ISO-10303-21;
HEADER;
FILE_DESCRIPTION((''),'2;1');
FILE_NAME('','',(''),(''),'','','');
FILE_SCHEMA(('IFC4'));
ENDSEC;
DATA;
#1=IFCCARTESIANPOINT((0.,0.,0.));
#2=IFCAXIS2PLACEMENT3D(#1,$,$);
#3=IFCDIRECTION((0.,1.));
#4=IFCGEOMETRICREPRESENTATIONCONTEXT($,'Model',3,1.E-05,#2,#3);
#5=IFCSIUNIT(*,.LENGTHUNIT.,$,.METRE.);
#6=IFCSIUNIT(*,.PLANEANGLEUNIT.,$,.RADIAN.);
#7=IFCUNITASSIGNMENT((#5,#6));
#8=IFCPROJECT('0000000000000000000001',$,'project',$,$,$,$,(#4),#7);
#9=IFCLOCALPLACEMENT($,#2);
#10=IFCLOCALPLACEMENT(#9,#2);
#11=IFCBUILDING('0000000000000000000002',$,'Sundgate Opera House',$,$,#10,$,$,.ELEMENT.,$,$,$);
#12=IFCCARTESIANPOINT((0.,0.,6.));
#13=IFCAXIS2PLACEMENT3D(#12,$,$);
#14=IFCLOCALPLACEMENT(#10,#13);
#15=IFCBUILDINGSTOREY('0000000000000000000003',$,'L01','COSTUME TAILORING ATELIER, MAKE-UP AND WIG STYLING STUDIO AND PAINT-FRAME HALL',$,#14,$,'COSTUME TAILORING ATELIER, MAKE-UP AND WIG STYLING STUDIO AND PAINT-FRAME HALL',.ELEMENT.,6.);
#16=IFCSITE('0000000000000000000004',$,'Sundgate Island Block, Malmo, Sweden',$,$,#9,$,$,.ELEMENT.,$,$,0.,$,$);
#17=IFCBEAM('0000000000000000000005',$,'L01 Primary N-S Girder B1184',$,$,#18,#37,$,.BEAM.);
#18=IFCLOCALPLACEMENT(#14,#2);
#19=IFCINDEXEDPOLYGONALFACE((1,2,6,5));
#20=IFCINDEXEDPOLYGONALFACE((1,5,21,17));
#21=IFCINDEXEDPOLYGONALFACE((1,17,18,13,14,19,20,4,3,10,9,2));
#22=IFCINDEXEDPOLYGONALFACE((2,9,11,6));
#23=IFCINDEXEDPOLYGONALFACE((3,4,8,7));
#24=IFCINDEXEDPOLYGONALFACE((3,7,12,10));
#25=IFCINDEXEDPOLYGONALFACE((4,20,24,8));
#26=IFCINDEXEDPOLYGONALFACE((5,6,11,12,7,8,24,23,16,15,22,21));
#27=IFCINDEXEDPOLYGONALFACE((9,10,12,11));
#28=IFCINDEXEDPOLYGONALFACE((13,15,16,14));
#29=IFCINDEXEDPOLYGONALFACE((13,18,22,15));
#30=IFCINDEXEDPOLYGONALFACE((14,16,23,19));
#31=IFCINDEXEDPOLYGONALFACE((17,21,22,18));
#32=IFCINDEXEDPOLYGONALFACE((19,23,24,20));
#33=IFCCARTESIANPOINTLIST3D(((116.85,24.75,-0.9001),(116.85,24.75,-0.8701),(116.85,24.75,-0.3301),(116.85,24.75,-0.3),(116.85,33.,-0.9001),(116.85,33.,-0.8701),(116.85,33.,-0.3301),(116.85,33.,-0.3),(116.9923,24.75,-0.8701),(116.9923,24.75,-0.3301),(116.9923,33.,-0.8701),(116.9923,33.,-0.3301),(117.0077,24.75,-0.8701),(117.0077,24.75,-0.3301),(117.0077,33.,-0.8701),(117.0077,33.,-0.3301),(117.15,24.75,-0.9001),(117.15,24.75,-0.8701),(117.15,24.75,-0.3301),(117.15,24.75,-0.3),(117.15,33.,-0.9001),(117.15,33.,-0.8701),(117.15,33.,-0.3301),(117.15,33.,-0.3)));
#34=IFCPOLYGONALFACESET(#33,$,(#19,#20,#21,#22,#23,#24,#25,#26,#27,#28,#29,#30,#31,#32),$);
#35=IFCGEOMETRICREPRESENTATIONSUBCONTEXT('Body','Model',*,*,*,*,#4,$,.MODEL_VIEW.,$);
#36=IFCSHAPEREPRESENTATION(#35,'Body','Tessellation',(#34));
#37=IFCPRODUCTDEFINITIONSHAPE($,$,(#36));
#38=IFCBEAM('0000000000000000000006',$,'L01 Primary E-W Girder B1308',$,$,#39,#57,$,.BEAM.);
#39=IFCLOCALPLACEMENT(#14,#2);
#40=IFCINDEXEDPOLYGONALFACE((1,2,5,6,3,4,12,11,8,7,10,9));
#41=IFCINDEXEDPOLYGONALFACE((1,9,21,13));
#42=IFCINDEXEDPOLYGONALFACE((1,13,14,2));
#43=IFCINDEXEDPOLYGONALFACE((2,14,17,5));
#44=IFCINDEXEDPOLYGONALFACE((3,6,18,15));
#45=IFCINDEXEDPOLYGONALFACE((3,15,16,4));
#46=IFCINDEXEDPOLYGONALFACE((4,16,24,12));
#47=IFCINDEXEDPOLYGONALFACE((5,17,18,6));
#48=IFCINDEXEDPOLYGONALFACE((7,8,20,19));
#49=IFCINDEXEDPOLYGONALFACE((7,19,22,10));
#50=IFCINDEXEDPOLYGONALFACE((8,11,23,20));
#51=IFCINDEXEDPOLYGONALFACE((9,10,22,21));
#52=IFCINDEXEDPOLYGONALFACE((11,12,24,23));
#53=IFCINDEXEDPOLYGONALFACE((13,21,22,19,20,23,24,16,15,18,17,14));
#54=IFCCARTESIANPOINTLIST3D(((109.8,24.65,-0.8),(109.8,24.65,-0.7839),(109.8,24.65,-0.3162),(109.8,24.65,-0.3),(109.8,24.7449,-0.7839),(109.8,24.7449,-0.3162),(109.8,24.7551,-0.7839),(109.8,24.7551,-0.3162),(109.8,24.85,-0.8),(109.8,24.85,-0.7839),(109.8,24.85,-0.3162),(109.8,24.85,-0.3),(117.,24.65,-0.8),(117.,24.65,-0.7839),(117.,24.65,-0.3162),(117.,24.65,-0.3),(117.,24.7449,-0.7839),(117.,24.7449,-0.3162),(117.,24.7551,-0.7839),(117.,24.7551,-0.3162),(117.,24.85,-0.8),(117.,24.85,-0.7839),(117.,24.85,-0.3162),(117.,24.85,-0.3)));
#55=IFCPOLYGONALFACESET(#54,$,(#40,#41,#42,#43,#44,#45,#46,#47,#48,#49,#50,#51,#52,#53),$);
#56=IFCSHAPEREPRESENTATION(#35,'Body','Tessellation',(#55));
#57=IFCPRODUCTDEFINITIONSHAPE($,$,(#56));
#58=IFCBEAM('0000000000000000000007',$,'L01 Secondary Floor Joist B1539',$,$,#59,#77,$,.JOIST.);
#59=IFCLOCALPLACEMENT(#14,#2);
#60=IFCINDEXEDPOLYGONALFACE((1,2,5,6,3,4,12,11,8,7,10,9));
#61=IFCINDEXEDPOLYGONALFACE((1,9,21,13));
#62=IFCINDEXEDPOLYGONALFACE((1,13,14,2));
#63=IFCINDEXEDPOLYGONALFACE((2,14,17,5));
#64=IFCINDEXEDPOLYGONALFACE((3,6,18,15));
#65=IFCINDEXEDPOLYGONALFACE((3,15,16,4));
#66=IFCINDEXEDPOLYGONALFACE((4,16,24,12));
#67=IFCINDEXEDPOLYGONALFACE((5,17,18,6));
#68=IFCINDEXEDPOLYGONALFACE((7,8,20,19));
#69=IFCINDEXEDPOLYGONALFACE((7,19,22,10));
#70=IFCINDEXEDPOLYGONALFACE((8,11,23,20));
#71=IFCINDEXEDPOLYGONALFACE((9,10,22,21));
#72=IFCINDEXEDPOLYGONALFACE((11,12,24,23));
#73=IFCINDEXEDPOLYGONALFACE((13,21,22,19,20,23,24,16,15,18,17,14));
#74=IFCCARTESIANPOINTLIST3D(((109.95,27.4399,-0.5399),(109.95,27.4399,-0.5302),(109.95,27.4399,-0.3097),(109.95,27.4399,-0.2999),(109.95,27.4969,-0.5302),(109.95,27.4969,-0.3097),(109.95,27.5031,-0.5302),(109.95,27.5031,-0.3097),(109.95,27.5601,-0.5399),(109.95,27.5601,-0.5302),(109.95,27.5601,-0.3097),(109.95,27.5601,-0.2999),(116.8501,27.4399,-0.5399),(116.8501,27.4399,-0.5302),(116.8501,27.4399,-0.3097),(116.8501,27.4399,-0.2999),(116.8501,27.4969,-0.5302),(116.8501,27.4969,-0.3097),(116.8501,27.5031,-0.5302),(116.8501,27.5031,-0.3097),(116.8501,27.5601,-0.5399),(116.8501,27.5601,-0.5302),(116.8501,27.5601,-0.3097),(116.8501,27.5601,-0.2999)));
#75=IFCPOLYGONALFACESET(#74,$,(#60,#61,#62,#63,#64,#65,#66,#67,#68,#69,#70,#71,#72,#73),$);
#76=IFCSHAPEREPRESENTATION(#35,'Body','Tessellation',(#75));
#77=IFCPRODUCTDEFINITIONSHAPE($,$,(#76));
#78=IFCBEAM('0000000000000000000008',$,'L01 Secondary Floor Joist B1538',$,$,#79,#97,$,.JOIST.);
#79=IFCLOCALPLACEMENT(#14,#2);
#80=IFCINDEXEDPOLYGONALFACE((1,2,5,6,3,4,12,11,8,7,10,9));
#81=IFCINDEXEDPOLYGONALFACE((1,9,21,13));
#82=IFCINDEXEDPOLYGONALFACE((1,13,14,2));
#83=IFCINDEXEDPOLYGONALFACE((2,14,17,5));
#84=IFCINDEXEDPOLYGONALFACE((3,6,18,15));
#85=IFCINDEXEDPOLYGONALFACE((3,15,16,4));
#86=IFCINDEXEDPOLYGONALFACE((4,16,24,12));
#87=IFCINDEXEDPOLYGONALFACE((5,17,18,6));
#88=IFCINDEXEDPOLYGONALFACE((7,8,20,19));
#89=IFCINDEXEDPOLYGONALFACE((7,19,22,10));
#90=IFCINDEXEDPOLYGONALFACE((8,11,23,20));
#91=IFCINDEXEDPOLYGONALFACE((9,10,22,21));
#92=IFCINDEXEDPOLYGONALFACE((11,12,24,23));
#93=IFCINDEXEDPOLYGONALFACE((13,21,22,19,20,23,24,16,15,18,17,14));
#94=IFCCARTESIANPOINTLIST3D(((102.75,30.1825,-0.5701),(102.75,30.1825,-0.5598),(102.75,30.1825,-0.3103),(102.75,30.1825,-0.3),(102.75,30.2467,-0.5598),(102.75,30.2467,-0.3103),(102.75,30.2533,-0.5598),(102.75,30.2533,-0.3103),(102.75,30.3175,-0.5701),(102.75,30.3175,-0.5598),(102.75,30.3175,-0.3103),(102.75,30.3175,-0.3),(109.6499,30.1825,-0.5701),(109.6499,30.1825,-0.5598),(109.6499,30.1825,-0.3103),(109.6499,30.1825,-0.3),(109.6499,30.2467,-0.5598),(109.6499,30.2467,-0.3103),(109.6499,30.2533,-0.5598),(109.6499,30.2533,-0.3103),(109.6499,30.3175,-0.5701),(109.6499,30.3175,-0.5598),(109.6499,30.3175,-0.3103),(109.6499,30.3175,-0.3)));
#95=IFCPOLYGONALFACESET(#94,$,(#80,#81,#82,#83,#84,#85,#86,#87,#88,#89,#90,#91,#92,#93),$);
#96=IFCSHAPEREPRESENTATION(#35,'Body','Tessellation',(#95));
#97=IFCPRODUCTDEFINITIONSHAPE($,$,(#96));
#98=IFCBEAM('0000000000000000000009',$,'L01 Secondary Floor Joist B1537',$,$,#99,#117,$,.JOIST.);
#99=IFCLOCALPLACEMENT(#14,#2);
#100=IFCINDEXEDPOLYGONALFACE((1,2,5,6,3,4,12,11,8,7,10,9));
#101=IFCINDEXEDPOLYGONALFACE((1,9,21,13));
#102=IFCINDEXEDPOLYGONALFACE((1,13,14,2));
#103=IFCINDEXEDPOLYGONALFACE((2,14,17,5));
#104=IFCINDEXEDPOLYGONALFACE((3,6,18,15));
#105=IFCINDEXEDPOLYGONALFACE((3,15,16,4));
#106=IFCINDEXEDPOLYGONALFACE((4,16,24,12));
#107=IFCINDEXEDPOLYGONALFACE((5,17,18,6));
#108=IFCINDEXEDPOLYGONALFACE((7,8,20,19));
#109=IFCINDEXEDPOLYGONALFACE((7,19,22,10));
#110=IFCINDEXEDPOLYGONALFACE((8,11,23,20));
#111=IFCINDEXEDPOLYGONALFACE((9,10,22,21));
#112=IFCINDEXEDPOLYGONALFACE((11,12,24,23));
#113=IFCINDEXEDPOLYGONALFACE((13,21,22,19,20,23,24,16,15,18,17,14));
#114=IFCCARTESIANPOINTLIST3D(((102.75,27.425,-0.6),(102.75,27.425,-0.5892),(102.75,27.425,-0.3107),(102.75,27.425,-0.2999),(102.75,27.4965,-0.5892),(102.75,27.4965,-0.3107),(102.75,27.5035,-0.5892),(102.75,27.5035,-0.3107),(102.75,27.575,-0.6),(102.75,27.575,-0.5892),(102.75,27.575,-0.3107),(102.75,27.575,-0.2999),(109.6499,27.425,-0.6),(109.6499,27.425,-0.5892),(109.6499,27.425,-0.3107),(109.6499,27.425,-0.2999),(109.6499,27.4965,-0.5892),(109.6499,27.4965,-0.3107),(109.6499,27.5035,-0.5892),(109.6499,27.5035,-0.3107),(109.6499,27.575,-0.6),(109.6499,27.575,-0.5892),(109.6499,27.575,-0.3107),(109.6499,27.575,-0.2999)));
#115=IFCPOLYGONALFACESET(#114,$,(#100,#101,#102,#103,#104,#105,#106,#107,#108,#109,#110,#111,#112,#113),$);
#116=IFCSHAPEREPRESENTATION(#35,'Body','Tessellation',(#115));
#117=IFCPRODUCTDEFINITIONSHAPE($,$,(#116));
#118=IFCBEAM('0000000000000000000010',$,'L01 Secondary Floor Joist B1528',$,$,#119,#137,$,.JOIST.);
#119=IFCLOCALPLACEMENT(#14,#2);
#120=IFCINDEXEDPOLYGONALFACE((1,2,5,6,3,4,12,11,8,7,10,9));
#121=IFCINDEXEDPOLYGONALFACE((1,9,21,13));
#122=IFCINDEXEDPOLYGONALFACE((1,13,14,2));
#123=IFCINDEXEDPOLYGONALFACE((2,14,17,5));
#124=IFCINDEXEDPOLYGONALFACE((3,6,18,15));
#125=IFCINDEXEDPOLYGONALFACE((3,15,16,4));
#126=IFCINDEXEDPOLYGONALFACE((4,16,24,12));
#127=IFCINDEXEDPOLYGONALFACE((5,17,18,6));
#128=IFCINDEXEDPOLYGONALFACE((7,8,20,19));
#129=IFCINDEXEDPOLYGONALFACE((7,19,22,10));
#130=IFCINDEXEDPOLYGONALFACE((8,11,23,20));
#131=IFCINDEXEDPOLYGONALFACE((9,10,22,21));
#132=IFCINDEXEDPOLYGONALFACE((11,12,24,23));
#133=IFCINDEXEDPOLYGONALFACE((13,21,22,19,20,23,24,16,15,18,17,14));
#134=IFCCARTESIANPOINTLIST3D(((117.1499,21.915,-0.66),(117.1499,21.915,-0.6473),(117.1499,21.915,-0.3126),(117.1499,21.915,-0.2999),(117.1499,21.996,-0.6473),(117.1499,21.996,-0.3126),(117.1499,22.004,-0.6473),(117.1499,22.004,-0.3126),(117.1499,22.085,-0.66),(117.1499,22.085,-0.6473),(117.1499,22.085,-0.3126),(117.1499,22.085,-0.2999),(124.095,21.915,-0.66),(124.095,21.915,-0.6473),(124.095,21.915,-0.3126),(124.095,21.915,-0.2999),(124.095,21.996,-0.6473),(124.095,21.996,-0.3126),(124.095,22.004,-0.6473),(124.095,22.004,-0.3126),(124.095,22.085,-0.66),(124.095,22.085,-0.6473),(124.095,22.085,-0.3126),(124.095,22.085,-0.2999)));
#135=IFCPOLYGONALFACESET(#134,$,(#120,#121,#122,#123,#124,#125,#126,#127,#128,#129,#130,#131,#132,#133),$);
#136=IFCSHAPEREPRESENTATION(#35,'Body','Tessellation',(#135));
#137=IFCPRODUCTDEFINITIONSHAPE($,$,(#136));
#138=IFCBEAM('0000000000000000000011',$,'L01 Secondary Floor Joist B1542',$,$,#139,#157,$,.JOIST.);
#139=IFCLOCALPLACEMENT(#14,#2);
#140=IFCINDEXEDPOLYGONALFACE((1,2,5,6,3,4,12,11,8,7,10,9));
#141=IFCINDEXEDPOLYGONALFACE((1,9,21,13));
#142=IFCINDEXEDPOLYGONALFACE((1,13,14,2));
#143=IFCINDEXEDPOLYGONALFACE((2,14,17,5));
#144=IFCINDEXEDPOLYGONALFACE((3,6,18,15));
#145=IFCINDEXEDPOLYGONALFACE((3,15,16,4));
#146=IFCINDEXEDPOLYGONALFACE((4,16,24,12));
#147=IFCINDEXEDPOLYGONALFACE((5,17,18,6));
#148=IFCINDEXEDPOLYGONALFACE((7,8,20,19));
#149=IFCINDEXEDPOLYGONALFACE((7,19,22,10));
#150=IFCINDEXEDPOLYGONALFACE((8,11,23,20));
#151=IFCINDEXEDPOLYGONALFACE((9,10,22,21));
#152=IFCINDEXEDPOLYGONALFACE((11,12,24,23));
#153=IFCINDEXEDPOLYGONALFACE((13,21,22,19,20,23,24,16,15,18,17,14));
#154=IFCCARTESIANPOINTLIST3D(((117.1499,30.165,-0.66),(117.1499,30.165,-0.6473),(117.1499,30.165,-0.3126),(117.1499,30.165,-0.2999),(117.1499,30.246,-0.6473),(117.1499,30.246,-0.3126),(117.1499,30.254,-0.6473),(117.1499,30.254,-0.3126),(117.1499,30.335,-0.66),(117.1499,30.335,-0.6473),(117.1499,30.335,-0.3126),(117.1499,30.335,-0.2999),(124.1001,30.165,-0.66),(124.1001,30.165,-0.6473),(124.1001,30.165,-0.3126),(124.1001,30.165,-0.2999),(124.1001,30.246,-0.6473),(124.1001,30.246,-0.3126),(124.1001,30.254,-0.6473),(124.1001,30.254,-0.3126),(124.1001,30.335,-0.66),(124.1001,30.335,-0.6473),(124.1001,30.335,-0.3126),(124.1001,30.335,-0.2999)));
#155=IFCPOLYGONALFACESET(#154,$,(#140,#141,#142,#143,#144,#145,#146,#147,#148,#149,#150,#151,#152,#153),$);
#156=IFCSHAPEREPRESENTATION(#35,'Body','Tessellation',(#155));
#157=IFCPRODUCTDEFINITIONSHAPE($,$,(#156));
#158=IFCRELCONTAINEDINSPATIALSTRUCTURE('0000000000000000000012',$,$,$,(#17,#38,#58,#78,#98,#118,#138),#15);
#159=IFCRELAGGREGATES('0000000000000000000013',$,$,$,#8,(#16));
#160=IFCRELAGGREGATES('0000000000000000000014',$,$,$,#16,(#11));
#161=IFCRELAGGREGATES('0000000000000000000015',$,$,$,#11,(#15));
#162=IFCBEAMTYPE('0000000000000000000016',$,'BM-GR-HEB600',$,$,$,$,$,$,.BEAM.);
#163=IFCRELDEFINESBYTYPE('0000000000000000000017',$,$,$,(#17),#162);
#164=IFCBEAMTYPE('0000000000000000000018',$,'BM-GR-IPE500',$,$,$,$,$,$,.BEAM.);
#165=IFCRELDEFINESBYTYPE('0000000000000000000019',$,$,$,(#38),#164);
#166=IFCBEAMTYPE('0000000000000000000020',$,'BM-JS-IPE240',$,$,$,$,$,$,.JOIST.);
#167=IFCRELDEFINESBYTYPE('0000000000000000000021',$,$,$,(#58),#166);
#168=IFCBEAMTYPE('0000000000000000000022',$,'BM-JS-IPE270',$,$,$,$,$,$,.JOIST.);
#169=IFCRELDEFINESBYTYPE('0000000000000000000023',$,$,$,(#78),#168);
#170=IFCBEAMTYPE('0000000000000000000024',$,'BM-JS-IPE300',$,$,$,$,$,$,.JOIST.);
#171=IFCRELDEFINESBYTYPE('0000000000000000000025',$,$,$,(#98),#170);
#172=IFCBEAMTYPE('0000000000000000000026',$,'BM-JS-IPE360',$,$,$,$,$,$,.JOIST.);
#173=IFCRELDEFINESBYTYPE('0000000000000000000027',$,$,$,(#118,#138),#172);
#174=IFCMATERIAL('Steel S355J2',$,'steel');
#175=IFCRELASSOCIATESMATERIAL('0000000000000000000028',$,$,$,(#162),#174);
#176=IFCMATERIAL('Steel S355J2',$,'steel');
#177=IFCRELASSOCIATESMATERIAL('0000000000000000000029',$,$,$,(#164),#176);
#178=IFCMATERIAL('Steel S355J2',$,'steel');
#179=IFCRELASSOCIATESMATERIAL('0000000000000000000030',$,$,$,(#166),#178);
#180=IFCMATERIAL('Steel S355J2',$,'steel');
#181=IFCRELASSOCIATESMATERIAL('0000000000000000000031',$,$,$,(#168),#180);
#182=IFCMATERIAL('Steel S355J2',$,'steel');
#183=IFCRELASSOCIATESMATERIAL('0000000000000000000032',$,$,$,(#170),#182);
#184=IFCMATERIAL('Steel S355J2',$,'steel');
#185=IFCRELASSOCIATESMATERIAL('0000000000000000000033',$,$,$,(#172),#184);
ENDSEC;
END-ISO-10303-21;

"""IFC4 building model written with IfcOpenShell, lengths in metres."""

from ifc_helpers import new_model, si_unit, direction, frame, origin, origin_2d, place, context, subcontext, project, spatial, i_section, extrude, material, material_profile, profile_set, type_object, element, save


model = new_model("IFC4")

# Units and contexts
model_context = context("Model", 3, precision=1e-05, world=origin(), true_north=direction((0.0, 1.0)))
body_context = subcontext(model_context, "Body", "Model", "MODEL_VIEW")
ifc_project = project(units=[si_unit("LENGTHUNIT", "METRE"), si_unit("PLANEANGLEUNIT", "RADIAN")], contexts=[model_context])

# Site, building, storey
site_placement = place(None, origin())
site = spatial("IfcSite", under=ifc_project, at=site_placement, Name="Sundgate Island Block, Malmo, Sweden", CompositionType="ELEMENT", RefElevation=0.0)
building_placement = place(site_placement, origin())
building = spatial("IfcBuilding", under=site, at=building_placement, Name="Sundgate Opera House", CompositionType="ELEMENT")
storey_placement = place(building_placement, frame((0.0, 0.0, 6.0)))
storey = spatial("IfcBuildingStorey", under=building, at=storey_placement, Name="L01", Description="COSTUME TAILORING ATELIER, MAKE-UP AND WIG STYLING STUDIO AND PAINT-FRAME HALL", LongName="COSTUME TAILORING ATELIER, MAKE-UP AND WIG STYLING STUDIO AND PAINT-FRAME HALL", CompositionType="ELEMENT", Elevation=6.0)

# Beams
ifc_material_1 = material(Name="Steel S355J2", Category="steel")
ifc_material_profile_1 = material_profile(ifc_material_1, i_section(OverallWidth=0.3, OverallDepth=0.6001, WebThickness=0.0154, FlangeThickness=0.03, at=origin_2d()), Name="HEB 600")
ifc_profile_set_1 = profile_set([ifc_material_profile_1], Name="Steel S355J2")
beam_type_1 = type_object("IfcBeamType", Name="BM-GR-HEB600", PredefinedType="BEAM", material=ifc_profile_set_1)
beam_1_placement = place(storey_placement, frame((117.0, 24.75, -0.6001), z_axis=(0.0, 1.0, 0.0), x_axis=(-1.0, 0.0, 0.0)))
element("IfcBeam", 1, at=beam_1_placement, inside=storey, type_object=beam_type_1, Name="L01 Primary N-S Girder B1184", PredefinedType="BEAM", context=body_context, shape_type="SweptSolid", body=[
    extrude(i_section(OverallWidth=0.3, OverallDepth=0.6001, WebThickness=0.0154, FlangeThickness=0.03, at=origin_2d()), origin(), (0.0, 0.0, 1.0), 8.25),
])
ifc_material_2 = material(Name="Steel S355J2", Category="steel")
ifc_material_profile_2 = material_profile(ifc_material_2, i_section(OverallWidth=0.2, OverallDepth=0.5, WebThickness=0.0103, FlangeThickness=0.0161, at=origin_2d()), Name="IPE 500")
ifc_profile_set_2 = profile_set([ifc_material_profile_2], Name="Steel S355J2")
beam_type_2 = type_object("IfcBeamType", Name="BM-GR-IPE500", PredefinedType="BEAM", material=ifc_profile_set_2)
beam_2_placement = place(storey_placement, frame((109.8, 24.75, -0.55), z_axis=(1.0, 0.0, 0.0), x_axis=(0.0, 1.0, 0.0)))
element("IfcBeam", 2, at=beam_2_placement, inside=storey, type_object=beam_type_2, Name="L01 Primary E-W Girder B1308", PredefinedType="BEAM", context=body_context, shape_type="SweptSolid", body=[
    extrude(i_section(OverallWidth=0.2, OverallDepth=0.5, WebThickness=0.0103, FlangeThickness=0.0161, at=origin_2d()), origin(), (0.0, 0.0, 1.0), 7.2),
])
ifc_material_3 = material(Name="Steel S355J2", Category="steel")
ifc_material_profile_3 = material_profile(ifc_material_3, i_section(OverallWidth=0.1201, OverallDepth=0.24, WebThickness=0.0061, FlangeThickness=0.0098, at=origin_2d()), Name="IPE 240")
ifc_profile_set_3 = profile_set([ifc_material_profile_3], Name="Steel S355J2")
beam_type_3 = type_object("IfcBeamType", Name="BM-JS-IPE240", PredefinedType="JOIST", material=ifc_profile_set_3)
beam_3_placement = place(storey_placement, frame((109.95, 27.5, -0.4199), z_axis=(1.0, 0.0, 0.0), x_axis=(0.0, 1.0, 0.0)))
element("IfcBeam", 3, at=beam_3_placement, inside=storey, type_object=beam_type_3, Name="L01 Secondary Floor Joist B1539", PredefinedType="JOIST", context=body_context, shape_type="SweptSolid", body=[
    extrude(i_section(OverallWidth=0.1201, OverallDepth=0.24, WebThickness=0.0061, FlangeThickness=0.0098, at=origin_2d()), origin(), (0.0, 0.0, 1.0), 6.9001),
])
ifc_material_4 = material(Name="Steel S355J2", Category="steel")
ifc_material_profile_4 = material_profile(ifc_material_4, i_section(OverallWidth=0.135, OverallDepth=0.27, WebThickness=0.0066, FlangeThickness=0.0103, at=origin_2d()), Name="IPE 270")
ifc_profile_set_4 = profile_set([ifc_material_profile_4], Name="Steel S355J2")
beam_type_4 = type_object("IfcBeamType", Name="BM-JS-IPE270", PredefinedType="JOIST", material=ifc_profile_set_4)
beam_4_placement = place(storey_placement, frame((102.75, 30.25, -0.4351), z_axis=(1.0, 0.0, 0.0), x_axis=(0.0, 1.0, 0.0)))
element("IfcBeam", 4, at=beam_4_placement, inside=storey, type_object=beam_type_4, Name="L01 Secondary Floor Joist B1538", PredefinedType="JOIST", context=body_context, shape_type="SweptSolid", body=[
    extrude(i_section(OverallWidth=0.135, OverallDepth=0.27, WebThickness=0.0066, FlangeThickness=0.0103, at=origin_2d()), origin(), (0.0, 0.0, 1.0), 6.8999),
])
ifc_material_5 = material(Name="Steel S355J2", Category="steel")
ifc_material_profile_5 = material_profile(ifc_material_5, i_section(OverallWidth=0.1499, OverallDepth=0.3, WebThickness=0.0071, FlangeThickness=0.0107, at=origin_2d()), Name="IPE 300")
ifc_profile_set_5 = profile_set([ifc_material_profile_5], Name="Steel S355J2")
beam_type_5 = type_object("IfcBeamType", Name="BM-JS-IPE300", PredefinedType="JOIST", material=ifc_profile_set_5)
beam_5_placement = place(storey_placement, frame((102.75, 27.5, -0.45), z_axis=(1.0, 0.0, 0.0), x_axis=(0.0, 1.0, 0.0)))
element("IfcBeam", 5, at=beam_5_placement, inside=storey, type_object=beam_type_5, Name="L01 Secondary Floor Joist B1537", PredefinedType="JOIST", context=body_context, shape_type="SweptSolid", body=[
    extrude(i_section(OverallWidth=0.1499, OverallDepth=0.3, WebThickness=0.0071, FlangeThickness=0.0107, at=origin_2d()), origin(), (0.0, 0.0, 1.0), 6.8999),
])
ifc_material_6 = material(Name="Steel S355J2", Category="steel")
ifc_material_profile_6 = material_profile(ifc_material_6, i_section(OverallWidth=0.1699, OverallDepth=0.3601, WebThickness=0.0081, FlangeThickness=0.0127, at=origin_2d()), Name="IPE 360")
ifc_profile_set_6 = profile_set([ifc_material_profile_6], Name="Steel S355J2")
beam_type_6 = type_object("IfcBeamType", Name="BM-JS-IPE360", PredefinedType="JOIST", material=ifc_profile_set_6)
beam_6_placement = place(storey_placement, frame((117.1499, 22.0, -0.48), z_axis=(1.0, 0.0, 0.0), x_axis=(0.0, 1.0, 0.0)))
element("IfcBeam", 6, at=beam_6_placement, inside=storey, type_object=beam_type_6, Name="L01 Secondary Floor Joist B1528", PredefinedType="JOIST", context=body_context, shape_type="SweptSolid", body=[
    extrude(i_section(OverallWidth=0.1699, OverallDepth=0.3601, WebThickness=0.0081, FlangeThickness=0.0127, at=origin_2d()), origin(), (0.0, 0.0, 1.0), 6.9451),
])
beam_7_placement = place(storey_placement, frame((117.1499, 30.25, -0.48), z_axis=(1.0, 0.0, 0.0), x_axis=(0.0, 1.0, 0.0)))
element("IfcBeam", 7, at=beam_7_placement, inside=storey, type_object=beam_type_6, Name="L01 Secondary Floor Joist B1542", PredefinedType="JOIST", context=body_context, shape_type="SweptSolid", body=[
    extrude(i_section(OverallWidth=0.1699, OverallDepth=0.3601, WebThickness=0.0081, FlangeThickness=0.0127, at=origin_2d()), origin(), (0.0, 0.0, 1.0), 6.9502),
])

save(model, "model.ifc")
